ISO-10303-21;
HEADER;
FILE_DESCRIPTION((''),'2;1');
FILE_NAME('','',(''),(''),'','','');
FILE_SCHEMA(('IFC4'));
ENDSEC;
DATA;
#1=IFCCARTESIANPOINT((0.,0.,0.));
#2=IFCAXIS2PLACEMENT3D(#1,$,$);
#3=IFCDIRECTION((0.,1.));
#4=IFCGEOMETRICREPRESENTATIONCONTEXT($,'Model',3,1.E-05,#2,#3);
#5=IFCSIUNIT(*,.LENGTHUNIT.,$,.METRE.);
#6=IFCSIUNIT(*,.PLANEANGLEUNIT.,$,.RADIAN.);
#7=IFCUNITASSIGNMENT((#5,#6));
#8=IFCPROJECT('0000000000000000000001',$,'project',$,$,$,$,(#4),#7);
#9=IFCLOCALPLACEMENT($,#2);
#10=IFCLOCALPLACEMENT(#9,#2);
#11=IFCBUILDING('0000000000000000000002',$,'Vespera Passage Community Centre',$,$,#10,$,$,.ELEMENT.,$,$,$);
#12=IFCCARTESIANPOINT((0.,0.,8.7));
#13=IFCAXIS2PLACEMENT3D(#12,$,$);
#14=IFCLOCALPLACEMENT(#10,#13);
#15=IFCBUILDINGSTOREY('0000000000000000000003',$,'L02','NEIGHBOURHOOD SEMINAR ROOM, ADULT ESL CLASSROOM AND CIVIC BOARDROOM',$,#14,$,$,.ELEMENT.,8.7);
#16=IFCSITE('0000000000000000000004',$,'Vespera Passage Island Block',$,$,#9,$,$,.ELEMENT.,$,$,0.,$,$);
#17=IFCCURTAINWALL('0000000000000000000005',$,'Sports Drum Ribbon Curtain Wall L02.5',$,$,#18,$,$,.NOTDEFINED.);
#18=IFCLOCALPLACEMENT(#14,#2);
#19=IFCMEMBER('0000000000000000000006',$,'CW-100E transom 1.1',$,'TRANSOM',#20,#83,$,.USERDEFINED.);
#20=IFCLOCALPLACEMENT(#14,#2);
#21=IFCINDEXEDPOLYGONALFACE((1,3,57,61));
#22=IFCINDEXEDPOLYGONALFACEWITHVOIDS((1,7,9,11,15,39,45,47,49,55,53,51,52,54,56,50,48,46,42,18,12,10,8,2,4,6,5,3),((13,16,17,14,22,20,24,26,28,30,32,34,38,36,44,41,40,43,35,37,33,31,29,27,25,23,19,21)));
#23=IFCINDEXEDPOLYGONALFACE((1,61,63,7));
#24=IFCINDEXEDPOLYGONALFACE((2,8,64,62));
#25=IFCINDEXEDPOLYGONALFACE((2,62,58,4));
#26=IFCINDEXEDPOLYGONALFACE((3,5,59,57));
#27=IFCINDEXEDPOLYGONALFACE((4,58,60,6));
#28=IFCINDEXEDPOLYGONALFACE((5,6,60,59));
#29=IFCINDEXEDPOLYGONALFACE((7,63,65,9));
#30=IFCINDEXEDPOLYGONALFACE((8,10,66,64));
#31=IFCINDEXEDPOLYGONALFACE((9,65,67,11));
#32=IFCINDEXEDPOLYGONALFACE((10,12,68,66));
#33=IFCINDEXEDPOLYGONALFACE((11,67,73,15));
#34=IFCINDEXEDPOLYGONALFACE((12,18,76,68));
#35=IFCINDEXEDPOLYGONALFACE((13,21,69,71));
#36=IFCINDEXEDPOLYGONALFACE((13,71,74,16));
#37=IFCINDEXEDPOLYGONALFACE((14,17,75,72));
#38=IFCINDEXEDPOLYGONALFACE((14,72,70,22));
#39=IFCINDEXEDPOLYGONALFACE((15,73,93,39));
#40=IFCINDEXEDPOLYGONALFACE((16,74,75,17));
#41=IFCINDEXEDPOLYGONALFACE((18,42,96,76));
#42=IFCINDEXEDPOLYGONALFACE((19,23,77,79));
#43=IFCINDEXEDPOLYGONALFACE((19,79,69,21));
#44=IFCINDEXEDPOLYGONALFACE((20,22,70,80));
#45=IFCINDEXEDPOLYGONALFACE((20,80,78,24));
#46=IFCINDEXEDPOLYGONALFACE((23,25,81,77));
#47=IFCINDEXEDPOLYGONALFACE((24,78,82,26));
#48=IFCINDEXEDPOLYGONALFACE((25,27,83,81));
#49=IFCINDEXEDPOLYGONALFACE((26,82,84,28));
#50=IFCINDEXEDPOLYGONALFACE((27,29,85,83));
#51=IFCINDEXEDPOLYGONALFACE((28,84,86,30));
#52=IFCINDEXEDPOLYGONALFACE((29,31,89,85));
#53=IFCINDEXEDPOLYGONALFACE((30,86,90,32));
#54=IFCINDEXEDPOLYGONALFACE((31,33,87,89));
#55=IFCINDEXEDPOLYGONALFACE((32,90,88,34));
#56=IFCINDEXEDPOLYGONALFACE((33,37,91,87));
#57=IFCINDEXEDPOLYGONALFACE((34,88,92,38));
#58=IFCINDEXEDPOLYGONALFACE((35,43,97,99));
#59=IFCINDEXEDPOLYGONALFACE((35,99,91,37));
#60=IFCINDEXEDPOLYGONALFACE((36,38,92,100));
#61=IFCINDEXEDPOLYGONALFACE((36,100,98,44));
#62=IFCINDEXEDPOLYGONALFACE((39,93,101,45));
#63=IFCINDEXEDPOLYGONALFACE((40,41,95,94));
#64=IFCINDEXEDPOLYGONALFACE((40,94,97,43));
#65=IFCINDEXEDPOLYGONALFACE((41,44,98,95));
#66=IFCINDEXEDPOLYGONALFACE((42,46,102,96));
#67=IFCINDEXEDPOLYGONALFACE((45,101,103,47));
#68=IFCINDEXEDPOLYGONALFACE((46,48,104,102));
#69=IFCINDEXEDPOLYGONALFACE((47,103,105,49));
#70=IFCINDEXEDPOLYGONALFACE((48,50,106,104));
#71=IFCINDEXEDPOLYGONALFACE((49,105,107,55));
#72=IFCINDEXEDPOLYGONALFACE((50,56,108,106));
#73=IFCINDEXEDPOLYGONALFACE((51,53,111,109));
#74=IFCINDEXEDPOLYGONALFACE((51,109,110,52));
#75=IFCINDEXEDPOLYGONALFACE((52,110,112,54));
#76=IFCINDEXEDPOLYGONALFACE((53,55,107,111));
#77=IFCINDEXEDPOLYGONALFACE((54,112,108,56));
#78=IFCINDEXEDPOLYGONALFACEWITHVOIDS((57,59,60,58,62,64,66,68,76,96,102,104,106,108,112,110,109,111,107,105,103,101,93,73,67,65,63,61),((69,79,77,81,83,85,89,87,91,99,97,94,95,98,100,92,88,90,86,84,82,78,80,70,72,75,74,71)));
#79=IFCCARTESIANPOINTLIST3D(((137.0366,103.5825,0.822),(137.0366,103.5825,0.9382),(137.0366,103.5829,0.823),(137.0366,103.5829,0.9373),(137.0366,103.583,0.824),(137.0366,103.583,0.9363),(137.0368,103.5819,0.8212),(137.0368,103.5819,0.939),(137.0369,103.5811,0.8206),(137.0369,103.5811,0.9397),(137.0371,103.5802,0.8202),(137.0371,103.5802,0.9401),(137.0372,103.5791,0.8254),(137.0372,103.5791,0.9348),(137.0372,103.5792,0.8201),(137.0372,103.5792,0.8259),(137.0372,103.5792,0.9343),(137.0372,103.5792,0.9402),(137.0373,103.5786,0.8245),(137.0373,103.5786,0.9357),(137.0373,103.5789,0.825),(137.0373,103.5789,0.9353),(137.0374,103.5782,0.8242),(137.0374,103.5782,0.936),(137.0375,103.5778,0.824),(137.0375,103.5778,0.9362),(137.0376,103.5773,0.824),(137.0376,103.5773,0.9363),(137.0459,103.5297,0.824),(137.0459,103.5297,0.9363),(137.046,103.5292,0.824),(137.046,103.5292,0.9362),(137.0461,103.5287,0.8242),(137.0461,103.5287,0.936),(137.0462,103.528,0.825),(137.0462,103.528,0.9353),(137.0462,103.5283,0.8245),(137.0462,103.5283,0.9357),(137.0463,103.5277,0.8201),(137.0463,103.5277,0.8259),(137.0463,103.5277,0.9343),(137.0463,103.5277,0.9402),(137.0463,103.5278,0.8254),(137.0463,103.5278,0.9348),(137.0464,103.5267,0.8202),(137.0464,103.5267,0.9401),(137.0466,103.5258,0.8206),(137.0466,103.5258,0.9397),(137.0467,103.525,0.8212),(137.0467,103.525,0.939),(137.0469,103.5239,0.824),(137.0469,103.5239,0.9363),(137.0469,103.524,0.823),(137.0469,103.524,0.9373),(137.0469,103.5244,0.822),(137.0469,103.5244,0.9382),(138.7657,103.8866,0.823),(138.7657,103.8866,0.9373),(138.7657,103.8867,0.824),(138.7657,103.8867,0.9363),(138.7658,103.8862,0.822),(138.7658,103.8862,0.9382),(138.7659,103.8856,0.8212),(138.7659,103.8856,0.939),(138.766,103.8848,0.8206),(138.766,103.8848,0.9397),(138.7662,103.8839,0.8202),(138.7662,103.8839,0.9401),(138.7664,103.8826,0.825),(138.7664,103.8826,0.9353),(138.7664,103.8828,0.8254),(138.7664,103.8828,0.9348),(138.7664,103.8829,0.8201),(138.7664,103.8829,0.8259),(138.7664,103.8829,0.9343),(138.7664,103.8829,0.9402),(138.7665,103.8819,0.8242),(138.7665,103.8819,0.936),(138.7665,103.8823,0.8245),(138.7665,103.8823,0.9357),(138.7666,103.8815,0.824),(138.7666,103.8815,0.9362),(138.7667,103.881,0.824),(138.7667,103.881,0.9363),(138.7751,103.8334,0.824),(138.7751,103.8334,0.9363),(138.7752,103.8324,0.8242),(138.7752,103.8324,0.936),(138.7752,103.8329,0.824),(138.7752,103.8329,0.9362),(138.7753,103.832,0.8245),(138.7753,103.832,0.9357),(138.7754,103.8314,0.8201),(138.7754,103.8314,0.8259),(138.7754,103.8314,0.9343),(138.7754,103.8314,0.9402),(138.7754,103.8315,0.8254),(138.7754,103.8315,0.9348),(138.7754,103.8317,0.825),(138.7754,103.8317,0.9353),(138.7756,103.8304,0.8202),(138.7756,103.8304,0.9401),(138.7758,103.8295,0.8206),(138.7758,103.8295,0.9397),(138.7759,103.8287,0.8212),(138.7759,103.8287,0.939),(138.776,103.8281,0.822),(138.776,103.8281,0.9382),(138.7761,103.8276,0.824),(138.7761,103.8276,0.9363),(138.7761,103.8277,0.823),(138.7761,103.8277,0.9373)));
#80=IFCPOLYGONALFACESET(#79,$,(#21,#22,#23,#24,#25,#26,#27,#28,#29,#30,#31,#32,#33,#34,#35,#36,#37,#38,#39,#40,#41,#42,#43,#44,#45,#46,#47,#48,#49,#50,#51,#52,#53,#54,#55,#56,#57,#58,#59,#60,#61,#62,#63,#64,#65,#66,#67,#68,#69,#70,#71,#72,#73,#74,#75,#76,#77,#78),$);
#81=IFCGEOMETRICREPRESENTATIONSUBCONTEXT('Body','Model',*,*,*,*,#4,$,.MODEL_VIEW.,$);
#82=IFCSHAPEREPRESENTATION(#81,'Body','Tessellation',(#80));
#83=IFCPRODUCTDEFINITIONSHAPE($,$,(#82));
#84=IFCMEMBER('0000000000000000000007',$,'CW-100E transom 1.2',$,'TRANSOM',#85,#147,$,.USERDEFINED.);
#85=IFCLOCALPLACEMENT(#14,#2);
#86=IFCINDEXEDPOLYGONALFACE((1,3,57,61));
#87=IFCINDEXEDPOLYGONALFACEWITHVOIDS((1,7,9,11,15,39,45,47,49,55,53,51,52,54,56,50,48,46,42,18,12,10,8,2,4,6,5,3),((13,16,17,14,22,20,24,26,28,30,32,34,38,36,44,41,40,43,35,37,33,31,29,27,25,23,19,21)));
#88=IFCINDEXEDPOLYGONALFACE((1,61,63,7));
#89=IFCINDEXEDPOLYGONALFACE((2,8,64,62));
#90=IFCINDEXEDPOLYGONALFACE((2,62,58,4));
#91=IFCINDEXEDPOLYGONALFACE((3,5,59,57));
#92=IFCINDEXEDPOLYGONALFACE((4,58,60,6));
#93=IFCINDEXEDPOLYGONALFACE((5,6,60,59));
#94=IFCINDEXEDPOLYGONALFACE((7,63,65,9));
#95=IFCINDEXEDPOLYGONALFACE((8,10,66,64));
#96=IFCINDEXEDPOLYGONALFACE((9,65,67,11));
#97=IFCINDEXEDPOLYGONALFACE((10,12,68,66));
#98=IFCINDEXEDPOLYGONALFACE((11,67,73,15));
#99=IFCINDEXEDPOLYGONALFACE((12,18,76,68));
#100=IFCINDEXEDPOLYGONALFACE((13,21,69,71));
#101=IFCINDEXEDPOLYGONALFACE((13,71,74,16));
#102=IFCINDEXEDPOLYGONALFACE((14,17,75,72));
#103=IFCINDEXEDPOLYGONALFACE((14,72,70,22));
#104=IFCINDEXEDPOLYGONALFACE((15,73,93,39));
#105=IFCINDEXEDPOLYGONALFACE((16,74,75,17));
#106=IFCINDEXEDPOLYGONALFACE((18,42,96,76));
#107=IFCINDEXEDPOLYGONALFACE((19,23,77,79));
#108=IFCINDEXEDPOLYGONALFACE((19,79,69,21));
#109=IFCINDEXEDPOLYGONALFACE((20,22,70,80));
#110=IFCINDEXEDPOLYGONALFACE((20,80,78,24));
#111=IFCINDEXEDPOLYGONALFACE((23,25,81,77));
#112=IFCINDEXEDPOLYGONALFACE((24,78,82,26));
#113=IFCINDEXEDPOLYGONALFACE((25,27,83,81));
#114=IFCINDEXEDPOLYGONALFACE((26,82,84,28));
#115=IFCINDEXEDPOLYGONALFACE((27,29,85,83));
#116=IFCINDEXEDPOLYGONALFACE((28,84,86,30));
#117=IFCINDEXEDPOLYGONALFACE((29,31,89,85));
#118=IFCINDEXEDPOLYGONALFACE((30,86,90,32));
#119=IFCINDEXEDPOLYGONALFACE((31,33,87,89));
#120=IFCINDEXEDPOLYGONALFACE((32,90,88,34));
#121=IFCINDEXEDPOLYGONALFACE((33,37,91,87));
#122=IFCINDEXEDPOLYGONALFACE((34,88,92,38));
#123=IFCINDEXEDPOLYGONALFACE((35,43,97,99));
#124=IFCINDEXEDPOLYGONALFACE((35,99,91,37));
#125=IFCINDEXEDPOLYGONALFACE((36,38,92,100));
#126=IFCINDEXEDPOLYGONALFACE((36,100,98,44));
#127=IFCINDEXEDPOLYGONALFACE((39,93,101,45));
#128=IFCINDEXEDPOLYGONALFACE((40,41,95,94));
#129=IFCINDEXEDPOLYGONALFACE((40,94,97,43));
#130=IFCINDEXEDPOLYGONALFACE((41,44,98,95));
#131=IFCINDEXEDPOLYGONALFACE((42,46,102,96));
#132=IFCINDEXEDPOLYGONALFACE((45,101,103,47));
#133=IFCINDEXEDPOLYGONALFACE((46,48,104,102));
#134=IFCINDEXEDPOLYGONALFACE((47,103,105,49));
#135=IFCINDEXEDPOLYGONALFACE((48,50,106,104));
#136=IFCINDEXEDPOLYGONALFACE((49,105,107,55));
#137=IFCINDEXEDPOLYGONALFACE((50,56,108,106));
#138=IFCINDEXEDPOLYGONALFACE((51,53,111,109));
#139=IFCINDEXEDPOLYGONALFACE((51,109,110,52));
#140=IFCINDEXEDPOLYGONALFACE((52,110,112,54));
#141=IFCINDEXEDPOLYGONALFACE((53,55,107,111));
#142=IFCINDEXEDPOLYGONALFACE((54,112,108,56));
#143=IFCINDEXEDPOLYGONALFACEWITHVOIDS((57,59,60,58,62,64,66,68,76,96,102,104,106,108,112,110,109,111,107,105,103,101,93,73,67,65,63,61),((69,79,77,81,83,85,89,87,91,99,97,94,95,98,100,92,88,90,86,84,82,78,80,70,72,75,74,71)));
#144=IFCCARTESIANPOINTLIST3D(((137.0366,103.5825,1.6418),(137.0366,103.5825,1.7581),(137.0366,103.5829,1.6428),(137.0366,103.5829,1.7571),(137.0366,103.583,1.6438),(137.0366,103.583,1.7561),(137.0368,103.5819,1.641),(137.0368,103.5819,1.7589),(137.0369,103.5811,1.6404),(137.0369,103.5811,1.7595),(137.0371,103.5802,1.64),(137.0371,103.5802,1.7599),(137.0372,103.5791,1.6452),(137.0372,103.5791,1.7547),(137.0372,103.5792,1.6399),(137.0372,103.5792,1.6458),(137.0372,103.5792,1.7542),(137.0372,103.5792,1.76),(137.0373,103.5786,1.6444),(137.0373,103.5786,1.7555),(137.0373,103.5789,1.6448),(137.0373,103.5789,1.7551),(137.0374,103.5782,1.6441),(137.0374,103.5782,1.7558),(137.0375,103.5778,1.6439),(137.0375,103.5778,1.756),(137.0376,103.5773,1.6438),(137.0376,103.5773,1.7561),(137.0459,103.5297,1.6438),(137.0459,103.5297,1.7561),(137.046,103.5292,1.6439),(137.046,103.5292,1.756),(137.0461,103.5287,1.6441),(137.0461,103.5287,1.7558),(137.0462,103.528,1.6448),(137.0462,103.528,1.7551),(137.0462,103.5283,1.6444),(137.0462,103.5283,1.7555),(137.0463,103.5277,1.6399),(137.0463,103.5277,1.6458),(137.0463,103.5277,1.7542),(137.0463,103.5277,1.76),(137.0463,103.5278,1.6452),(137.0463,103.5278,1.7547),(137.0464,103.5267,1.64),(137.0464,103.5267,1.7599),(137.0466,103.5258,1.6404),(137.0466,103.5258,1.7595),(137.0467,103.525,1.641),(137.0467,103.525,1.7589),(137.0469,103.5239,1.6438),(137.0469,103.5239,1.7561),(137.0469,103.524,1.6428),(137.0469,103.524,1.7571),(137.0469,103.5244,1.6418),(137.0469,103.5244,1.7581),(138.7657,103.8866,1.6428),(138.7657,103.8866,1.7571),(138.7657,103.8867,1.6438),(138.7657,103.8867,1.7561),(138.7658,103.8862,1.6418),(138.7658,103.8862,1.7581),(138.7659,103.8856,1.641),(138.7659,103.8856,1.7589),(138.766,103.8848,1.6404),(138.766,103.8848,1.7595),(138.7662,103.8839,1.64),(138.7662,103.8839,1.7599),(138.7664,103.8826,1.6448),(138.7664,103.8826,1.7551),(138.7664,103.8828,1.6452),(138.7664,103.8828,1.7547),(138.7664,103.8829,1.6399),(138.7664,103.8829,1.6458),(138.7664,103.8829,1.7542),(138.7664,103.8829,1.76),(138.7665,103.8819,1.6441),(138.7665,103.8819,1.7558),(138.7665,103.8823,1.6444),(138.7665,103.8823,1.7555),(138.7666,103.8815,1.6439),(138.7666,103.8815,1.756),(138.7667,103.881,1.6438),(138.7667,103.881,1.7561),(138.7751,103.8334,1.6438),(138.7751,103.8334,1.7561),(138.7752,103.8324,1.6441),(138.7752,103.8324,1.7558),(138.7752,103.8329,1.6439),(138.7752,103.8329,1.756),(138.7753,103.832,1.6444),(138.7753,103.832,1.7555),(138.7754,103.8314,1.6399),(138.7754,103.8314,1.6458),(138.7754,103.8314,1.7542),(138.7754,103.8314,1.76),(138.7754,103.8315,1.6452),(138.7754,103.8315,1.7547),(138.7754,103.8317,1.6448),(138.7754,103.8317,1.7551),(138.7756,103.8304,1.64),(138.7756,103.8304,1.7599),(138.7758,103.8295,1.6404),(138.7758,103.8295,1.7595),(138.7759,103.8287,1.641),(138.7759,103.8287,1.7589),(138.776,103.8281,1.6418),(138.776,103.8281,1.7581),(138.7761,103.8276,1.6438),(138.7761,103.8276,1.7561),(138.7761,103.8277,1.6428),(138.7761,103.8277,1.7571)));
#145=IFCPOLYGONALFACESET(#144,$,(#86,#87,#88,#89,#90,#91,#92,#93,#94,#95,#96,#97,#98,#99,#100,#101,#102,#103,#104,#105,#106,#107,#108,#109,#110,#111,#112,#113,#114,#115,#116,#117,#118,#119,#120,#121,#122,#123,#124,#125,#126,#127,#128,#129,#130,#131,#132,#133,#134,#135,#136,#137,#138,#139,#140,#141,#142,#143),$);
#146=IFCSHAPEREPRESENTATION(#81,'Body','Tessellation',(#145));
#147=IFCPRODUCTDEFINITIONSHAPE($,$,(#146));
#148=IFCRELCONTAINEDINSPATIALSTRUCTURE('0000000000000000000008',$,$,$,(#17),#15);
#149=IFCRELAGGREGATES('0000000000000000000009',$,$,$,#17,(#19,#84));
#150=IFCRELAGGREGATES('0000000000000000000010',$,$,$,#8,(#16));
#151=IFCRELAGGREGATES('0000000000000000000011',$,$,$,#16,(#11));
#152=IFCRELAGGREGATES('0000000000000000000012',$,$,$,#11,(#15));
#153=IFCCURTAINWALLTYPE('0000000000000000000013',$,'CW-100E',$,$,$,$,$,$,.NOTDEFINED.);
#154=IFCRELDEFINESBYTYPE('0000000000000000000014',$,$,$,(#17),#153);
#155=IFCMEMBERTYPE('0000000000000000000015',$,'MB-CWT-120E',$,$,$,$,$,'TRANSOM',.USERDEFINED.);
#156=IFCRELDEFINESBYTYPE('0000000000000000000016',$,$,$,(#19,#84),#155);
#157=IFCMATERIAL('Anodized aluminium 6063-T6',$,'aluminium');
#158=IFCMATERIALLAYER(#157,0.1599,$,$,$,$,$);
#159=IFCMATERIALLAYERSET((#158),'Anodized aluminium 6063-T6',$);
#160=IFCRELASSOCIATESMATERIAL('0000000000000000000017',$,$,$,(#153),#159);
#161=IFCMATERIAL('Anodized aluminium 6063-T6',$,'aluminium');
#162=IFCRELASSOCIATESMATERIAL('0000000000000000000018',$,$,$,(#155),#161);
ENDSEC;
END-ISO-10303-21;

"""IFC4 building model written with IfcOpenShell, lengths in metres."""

from ifc_helpers import new_model, si_unit, direction, frame, origin, origin_2d, place, context, subcontext, project, spatial, hollow_rectangle, extrude, material, layer, layer_set, material_profile, profile_set, type_object, element, aggregate, save


model = new_model("IFC4")

# Units and contexts
model_context = context("Model", 3, precision=1e-05, world=origin(), true_north=direction((0.0, 1.0)))
body_context = subcontext(model_context, "Body", "Model", "MODEL_VIEW")
ifc_project = project(units=[si_unit("LENGTHUNIT", "METRE"), si_unit("PLANEANGLEUNIT", "RADIAN")], contexts=[model_context])

# Site, building, storey
site_placement = place(None, origin())
site = spatial("IfcSite", under=ifc_project, at=site_placement, Name="Vespera Passage Island Block", CompositionType="ELEMENT", RefElevation=0.0)
building_placement = place(site_placement, origin())
building = spatial("IfcBuilding", under=site, at=building_placement, Name="Vespera Passage Community Centre", CompositionType="ELEMENT")
storey_placement = place(building_placement, frame((0.0, 0.0, 8.7)))
storey = spatial("IfcBuildingStorey", under=building, at=storey_placement, Name="L02", Description="NEIGHBOURHOOD SEMINAR ROOM, ADULT ESL CLASSROOM AND CIVIC BOARDROOM", CompositionType="ELEMENT", Elevation=8.7)

# Curtain wall
ifc_material_1 = material(Name="Anodized aluminium 6063-T6", Category="aluminium")
ifc_layer_1 = layer(ifc_material_1, 0.1599)
ifc_layer_set_1 = layer_set([ifc_layer_1], Name="Anodized aluminium 6063-T6")
curtain_wall_type_1 = type_object("IfcCurtainWallType", Name="CW-100E", PredefinedType="NOTDEFINED", material=ifc_layer_set_1)
curtain_wall_1_placement = place(storey_placement, origin())
curtain_wall_1 = element("IfcCurtainWall", 1, at=curtain_wall_1_placement, inside=storey, type_object=curtain_wall_type_1, Name="Sports Drum Ribbon Curtain Wall L02.5", PredefinedType="NOTDEFINED")

# Members
ifc_material_2 = material(Name="Anodized aluminium 6063-T6", Category="aluminium")
ifc_material_profile_1 = material_profile(ifc_material_2, hollow_rectangle(XDim=0.0601, YDim=0.1201, WallThickness=0.0039, InnerFilletRadius=0.002, OuterFilletRadius=0.0039, at=origin_2d()), Name="ALU120X60X4")
ifc_profile_set_1 = profile_set([ifc_material_profile_1], Name="Anodized aluminium 6063-T6")
member_type_1 = type_object("IfcMemberType", Name="MB-CWT-120E", ElementType="TRANSOM", PredefinedType="USERDEFINED", material=ifc_profile_set_1)
member_1_placement = place(storey_placement, frame((137.0417, 103.5535, 0.8801), z_axis=(0.984925, 0.172984, 0.0), x_axis=(-0.172984, 0.984925, 0.0)))
member_1 = element("IfcMember", 2, at=member_1_placement, type_object=member_type_1, Name="CW-100E transom 1.1", ObjectType="TRANSOM", PredefinedType="USERDEFINED", context=body_context, shape_type="SweptSolid", body=[
    extrude(hollow_rectangle(XDim=0.0601, YDim=0.1201, WallThickness=0.0039, InnerFilletRadius=0.002, OuterFilletRadius=0.0039, at=origin_2d()), origin(), (0.0, 0.0, 1.0), 1.7556),
])
member_2_placement = place(storey_placement, frame((137.0417, 103.5535, 1.7), z_axis=(0.984925, 0.172984, 0.0), x_axis=(-0.172984, 0.984925, 0.0)))
member_2 = element("IfcMember", 3, at=member_2_placement, type_object=member_type_1, Name="CW-100E transom 1.2", ObjectType="TRANSOM", PredefinedType="USERDEFINED", context=body_context, shape_type="SweptSolid", body=[
    extrude(hollow_rectangle(XDim=0.0601, YDim=0.1201, WallThickness=0.0039, InnerFilletRadius=0.002, OuterFilletRadius=0.0039, at=origin_2d()), origin(), (0.0, 0.0, 1.0), 1.7556),
])

aggregate(curtain_wall_1, [member_1, member_2])

save(model, "model.ifc")
